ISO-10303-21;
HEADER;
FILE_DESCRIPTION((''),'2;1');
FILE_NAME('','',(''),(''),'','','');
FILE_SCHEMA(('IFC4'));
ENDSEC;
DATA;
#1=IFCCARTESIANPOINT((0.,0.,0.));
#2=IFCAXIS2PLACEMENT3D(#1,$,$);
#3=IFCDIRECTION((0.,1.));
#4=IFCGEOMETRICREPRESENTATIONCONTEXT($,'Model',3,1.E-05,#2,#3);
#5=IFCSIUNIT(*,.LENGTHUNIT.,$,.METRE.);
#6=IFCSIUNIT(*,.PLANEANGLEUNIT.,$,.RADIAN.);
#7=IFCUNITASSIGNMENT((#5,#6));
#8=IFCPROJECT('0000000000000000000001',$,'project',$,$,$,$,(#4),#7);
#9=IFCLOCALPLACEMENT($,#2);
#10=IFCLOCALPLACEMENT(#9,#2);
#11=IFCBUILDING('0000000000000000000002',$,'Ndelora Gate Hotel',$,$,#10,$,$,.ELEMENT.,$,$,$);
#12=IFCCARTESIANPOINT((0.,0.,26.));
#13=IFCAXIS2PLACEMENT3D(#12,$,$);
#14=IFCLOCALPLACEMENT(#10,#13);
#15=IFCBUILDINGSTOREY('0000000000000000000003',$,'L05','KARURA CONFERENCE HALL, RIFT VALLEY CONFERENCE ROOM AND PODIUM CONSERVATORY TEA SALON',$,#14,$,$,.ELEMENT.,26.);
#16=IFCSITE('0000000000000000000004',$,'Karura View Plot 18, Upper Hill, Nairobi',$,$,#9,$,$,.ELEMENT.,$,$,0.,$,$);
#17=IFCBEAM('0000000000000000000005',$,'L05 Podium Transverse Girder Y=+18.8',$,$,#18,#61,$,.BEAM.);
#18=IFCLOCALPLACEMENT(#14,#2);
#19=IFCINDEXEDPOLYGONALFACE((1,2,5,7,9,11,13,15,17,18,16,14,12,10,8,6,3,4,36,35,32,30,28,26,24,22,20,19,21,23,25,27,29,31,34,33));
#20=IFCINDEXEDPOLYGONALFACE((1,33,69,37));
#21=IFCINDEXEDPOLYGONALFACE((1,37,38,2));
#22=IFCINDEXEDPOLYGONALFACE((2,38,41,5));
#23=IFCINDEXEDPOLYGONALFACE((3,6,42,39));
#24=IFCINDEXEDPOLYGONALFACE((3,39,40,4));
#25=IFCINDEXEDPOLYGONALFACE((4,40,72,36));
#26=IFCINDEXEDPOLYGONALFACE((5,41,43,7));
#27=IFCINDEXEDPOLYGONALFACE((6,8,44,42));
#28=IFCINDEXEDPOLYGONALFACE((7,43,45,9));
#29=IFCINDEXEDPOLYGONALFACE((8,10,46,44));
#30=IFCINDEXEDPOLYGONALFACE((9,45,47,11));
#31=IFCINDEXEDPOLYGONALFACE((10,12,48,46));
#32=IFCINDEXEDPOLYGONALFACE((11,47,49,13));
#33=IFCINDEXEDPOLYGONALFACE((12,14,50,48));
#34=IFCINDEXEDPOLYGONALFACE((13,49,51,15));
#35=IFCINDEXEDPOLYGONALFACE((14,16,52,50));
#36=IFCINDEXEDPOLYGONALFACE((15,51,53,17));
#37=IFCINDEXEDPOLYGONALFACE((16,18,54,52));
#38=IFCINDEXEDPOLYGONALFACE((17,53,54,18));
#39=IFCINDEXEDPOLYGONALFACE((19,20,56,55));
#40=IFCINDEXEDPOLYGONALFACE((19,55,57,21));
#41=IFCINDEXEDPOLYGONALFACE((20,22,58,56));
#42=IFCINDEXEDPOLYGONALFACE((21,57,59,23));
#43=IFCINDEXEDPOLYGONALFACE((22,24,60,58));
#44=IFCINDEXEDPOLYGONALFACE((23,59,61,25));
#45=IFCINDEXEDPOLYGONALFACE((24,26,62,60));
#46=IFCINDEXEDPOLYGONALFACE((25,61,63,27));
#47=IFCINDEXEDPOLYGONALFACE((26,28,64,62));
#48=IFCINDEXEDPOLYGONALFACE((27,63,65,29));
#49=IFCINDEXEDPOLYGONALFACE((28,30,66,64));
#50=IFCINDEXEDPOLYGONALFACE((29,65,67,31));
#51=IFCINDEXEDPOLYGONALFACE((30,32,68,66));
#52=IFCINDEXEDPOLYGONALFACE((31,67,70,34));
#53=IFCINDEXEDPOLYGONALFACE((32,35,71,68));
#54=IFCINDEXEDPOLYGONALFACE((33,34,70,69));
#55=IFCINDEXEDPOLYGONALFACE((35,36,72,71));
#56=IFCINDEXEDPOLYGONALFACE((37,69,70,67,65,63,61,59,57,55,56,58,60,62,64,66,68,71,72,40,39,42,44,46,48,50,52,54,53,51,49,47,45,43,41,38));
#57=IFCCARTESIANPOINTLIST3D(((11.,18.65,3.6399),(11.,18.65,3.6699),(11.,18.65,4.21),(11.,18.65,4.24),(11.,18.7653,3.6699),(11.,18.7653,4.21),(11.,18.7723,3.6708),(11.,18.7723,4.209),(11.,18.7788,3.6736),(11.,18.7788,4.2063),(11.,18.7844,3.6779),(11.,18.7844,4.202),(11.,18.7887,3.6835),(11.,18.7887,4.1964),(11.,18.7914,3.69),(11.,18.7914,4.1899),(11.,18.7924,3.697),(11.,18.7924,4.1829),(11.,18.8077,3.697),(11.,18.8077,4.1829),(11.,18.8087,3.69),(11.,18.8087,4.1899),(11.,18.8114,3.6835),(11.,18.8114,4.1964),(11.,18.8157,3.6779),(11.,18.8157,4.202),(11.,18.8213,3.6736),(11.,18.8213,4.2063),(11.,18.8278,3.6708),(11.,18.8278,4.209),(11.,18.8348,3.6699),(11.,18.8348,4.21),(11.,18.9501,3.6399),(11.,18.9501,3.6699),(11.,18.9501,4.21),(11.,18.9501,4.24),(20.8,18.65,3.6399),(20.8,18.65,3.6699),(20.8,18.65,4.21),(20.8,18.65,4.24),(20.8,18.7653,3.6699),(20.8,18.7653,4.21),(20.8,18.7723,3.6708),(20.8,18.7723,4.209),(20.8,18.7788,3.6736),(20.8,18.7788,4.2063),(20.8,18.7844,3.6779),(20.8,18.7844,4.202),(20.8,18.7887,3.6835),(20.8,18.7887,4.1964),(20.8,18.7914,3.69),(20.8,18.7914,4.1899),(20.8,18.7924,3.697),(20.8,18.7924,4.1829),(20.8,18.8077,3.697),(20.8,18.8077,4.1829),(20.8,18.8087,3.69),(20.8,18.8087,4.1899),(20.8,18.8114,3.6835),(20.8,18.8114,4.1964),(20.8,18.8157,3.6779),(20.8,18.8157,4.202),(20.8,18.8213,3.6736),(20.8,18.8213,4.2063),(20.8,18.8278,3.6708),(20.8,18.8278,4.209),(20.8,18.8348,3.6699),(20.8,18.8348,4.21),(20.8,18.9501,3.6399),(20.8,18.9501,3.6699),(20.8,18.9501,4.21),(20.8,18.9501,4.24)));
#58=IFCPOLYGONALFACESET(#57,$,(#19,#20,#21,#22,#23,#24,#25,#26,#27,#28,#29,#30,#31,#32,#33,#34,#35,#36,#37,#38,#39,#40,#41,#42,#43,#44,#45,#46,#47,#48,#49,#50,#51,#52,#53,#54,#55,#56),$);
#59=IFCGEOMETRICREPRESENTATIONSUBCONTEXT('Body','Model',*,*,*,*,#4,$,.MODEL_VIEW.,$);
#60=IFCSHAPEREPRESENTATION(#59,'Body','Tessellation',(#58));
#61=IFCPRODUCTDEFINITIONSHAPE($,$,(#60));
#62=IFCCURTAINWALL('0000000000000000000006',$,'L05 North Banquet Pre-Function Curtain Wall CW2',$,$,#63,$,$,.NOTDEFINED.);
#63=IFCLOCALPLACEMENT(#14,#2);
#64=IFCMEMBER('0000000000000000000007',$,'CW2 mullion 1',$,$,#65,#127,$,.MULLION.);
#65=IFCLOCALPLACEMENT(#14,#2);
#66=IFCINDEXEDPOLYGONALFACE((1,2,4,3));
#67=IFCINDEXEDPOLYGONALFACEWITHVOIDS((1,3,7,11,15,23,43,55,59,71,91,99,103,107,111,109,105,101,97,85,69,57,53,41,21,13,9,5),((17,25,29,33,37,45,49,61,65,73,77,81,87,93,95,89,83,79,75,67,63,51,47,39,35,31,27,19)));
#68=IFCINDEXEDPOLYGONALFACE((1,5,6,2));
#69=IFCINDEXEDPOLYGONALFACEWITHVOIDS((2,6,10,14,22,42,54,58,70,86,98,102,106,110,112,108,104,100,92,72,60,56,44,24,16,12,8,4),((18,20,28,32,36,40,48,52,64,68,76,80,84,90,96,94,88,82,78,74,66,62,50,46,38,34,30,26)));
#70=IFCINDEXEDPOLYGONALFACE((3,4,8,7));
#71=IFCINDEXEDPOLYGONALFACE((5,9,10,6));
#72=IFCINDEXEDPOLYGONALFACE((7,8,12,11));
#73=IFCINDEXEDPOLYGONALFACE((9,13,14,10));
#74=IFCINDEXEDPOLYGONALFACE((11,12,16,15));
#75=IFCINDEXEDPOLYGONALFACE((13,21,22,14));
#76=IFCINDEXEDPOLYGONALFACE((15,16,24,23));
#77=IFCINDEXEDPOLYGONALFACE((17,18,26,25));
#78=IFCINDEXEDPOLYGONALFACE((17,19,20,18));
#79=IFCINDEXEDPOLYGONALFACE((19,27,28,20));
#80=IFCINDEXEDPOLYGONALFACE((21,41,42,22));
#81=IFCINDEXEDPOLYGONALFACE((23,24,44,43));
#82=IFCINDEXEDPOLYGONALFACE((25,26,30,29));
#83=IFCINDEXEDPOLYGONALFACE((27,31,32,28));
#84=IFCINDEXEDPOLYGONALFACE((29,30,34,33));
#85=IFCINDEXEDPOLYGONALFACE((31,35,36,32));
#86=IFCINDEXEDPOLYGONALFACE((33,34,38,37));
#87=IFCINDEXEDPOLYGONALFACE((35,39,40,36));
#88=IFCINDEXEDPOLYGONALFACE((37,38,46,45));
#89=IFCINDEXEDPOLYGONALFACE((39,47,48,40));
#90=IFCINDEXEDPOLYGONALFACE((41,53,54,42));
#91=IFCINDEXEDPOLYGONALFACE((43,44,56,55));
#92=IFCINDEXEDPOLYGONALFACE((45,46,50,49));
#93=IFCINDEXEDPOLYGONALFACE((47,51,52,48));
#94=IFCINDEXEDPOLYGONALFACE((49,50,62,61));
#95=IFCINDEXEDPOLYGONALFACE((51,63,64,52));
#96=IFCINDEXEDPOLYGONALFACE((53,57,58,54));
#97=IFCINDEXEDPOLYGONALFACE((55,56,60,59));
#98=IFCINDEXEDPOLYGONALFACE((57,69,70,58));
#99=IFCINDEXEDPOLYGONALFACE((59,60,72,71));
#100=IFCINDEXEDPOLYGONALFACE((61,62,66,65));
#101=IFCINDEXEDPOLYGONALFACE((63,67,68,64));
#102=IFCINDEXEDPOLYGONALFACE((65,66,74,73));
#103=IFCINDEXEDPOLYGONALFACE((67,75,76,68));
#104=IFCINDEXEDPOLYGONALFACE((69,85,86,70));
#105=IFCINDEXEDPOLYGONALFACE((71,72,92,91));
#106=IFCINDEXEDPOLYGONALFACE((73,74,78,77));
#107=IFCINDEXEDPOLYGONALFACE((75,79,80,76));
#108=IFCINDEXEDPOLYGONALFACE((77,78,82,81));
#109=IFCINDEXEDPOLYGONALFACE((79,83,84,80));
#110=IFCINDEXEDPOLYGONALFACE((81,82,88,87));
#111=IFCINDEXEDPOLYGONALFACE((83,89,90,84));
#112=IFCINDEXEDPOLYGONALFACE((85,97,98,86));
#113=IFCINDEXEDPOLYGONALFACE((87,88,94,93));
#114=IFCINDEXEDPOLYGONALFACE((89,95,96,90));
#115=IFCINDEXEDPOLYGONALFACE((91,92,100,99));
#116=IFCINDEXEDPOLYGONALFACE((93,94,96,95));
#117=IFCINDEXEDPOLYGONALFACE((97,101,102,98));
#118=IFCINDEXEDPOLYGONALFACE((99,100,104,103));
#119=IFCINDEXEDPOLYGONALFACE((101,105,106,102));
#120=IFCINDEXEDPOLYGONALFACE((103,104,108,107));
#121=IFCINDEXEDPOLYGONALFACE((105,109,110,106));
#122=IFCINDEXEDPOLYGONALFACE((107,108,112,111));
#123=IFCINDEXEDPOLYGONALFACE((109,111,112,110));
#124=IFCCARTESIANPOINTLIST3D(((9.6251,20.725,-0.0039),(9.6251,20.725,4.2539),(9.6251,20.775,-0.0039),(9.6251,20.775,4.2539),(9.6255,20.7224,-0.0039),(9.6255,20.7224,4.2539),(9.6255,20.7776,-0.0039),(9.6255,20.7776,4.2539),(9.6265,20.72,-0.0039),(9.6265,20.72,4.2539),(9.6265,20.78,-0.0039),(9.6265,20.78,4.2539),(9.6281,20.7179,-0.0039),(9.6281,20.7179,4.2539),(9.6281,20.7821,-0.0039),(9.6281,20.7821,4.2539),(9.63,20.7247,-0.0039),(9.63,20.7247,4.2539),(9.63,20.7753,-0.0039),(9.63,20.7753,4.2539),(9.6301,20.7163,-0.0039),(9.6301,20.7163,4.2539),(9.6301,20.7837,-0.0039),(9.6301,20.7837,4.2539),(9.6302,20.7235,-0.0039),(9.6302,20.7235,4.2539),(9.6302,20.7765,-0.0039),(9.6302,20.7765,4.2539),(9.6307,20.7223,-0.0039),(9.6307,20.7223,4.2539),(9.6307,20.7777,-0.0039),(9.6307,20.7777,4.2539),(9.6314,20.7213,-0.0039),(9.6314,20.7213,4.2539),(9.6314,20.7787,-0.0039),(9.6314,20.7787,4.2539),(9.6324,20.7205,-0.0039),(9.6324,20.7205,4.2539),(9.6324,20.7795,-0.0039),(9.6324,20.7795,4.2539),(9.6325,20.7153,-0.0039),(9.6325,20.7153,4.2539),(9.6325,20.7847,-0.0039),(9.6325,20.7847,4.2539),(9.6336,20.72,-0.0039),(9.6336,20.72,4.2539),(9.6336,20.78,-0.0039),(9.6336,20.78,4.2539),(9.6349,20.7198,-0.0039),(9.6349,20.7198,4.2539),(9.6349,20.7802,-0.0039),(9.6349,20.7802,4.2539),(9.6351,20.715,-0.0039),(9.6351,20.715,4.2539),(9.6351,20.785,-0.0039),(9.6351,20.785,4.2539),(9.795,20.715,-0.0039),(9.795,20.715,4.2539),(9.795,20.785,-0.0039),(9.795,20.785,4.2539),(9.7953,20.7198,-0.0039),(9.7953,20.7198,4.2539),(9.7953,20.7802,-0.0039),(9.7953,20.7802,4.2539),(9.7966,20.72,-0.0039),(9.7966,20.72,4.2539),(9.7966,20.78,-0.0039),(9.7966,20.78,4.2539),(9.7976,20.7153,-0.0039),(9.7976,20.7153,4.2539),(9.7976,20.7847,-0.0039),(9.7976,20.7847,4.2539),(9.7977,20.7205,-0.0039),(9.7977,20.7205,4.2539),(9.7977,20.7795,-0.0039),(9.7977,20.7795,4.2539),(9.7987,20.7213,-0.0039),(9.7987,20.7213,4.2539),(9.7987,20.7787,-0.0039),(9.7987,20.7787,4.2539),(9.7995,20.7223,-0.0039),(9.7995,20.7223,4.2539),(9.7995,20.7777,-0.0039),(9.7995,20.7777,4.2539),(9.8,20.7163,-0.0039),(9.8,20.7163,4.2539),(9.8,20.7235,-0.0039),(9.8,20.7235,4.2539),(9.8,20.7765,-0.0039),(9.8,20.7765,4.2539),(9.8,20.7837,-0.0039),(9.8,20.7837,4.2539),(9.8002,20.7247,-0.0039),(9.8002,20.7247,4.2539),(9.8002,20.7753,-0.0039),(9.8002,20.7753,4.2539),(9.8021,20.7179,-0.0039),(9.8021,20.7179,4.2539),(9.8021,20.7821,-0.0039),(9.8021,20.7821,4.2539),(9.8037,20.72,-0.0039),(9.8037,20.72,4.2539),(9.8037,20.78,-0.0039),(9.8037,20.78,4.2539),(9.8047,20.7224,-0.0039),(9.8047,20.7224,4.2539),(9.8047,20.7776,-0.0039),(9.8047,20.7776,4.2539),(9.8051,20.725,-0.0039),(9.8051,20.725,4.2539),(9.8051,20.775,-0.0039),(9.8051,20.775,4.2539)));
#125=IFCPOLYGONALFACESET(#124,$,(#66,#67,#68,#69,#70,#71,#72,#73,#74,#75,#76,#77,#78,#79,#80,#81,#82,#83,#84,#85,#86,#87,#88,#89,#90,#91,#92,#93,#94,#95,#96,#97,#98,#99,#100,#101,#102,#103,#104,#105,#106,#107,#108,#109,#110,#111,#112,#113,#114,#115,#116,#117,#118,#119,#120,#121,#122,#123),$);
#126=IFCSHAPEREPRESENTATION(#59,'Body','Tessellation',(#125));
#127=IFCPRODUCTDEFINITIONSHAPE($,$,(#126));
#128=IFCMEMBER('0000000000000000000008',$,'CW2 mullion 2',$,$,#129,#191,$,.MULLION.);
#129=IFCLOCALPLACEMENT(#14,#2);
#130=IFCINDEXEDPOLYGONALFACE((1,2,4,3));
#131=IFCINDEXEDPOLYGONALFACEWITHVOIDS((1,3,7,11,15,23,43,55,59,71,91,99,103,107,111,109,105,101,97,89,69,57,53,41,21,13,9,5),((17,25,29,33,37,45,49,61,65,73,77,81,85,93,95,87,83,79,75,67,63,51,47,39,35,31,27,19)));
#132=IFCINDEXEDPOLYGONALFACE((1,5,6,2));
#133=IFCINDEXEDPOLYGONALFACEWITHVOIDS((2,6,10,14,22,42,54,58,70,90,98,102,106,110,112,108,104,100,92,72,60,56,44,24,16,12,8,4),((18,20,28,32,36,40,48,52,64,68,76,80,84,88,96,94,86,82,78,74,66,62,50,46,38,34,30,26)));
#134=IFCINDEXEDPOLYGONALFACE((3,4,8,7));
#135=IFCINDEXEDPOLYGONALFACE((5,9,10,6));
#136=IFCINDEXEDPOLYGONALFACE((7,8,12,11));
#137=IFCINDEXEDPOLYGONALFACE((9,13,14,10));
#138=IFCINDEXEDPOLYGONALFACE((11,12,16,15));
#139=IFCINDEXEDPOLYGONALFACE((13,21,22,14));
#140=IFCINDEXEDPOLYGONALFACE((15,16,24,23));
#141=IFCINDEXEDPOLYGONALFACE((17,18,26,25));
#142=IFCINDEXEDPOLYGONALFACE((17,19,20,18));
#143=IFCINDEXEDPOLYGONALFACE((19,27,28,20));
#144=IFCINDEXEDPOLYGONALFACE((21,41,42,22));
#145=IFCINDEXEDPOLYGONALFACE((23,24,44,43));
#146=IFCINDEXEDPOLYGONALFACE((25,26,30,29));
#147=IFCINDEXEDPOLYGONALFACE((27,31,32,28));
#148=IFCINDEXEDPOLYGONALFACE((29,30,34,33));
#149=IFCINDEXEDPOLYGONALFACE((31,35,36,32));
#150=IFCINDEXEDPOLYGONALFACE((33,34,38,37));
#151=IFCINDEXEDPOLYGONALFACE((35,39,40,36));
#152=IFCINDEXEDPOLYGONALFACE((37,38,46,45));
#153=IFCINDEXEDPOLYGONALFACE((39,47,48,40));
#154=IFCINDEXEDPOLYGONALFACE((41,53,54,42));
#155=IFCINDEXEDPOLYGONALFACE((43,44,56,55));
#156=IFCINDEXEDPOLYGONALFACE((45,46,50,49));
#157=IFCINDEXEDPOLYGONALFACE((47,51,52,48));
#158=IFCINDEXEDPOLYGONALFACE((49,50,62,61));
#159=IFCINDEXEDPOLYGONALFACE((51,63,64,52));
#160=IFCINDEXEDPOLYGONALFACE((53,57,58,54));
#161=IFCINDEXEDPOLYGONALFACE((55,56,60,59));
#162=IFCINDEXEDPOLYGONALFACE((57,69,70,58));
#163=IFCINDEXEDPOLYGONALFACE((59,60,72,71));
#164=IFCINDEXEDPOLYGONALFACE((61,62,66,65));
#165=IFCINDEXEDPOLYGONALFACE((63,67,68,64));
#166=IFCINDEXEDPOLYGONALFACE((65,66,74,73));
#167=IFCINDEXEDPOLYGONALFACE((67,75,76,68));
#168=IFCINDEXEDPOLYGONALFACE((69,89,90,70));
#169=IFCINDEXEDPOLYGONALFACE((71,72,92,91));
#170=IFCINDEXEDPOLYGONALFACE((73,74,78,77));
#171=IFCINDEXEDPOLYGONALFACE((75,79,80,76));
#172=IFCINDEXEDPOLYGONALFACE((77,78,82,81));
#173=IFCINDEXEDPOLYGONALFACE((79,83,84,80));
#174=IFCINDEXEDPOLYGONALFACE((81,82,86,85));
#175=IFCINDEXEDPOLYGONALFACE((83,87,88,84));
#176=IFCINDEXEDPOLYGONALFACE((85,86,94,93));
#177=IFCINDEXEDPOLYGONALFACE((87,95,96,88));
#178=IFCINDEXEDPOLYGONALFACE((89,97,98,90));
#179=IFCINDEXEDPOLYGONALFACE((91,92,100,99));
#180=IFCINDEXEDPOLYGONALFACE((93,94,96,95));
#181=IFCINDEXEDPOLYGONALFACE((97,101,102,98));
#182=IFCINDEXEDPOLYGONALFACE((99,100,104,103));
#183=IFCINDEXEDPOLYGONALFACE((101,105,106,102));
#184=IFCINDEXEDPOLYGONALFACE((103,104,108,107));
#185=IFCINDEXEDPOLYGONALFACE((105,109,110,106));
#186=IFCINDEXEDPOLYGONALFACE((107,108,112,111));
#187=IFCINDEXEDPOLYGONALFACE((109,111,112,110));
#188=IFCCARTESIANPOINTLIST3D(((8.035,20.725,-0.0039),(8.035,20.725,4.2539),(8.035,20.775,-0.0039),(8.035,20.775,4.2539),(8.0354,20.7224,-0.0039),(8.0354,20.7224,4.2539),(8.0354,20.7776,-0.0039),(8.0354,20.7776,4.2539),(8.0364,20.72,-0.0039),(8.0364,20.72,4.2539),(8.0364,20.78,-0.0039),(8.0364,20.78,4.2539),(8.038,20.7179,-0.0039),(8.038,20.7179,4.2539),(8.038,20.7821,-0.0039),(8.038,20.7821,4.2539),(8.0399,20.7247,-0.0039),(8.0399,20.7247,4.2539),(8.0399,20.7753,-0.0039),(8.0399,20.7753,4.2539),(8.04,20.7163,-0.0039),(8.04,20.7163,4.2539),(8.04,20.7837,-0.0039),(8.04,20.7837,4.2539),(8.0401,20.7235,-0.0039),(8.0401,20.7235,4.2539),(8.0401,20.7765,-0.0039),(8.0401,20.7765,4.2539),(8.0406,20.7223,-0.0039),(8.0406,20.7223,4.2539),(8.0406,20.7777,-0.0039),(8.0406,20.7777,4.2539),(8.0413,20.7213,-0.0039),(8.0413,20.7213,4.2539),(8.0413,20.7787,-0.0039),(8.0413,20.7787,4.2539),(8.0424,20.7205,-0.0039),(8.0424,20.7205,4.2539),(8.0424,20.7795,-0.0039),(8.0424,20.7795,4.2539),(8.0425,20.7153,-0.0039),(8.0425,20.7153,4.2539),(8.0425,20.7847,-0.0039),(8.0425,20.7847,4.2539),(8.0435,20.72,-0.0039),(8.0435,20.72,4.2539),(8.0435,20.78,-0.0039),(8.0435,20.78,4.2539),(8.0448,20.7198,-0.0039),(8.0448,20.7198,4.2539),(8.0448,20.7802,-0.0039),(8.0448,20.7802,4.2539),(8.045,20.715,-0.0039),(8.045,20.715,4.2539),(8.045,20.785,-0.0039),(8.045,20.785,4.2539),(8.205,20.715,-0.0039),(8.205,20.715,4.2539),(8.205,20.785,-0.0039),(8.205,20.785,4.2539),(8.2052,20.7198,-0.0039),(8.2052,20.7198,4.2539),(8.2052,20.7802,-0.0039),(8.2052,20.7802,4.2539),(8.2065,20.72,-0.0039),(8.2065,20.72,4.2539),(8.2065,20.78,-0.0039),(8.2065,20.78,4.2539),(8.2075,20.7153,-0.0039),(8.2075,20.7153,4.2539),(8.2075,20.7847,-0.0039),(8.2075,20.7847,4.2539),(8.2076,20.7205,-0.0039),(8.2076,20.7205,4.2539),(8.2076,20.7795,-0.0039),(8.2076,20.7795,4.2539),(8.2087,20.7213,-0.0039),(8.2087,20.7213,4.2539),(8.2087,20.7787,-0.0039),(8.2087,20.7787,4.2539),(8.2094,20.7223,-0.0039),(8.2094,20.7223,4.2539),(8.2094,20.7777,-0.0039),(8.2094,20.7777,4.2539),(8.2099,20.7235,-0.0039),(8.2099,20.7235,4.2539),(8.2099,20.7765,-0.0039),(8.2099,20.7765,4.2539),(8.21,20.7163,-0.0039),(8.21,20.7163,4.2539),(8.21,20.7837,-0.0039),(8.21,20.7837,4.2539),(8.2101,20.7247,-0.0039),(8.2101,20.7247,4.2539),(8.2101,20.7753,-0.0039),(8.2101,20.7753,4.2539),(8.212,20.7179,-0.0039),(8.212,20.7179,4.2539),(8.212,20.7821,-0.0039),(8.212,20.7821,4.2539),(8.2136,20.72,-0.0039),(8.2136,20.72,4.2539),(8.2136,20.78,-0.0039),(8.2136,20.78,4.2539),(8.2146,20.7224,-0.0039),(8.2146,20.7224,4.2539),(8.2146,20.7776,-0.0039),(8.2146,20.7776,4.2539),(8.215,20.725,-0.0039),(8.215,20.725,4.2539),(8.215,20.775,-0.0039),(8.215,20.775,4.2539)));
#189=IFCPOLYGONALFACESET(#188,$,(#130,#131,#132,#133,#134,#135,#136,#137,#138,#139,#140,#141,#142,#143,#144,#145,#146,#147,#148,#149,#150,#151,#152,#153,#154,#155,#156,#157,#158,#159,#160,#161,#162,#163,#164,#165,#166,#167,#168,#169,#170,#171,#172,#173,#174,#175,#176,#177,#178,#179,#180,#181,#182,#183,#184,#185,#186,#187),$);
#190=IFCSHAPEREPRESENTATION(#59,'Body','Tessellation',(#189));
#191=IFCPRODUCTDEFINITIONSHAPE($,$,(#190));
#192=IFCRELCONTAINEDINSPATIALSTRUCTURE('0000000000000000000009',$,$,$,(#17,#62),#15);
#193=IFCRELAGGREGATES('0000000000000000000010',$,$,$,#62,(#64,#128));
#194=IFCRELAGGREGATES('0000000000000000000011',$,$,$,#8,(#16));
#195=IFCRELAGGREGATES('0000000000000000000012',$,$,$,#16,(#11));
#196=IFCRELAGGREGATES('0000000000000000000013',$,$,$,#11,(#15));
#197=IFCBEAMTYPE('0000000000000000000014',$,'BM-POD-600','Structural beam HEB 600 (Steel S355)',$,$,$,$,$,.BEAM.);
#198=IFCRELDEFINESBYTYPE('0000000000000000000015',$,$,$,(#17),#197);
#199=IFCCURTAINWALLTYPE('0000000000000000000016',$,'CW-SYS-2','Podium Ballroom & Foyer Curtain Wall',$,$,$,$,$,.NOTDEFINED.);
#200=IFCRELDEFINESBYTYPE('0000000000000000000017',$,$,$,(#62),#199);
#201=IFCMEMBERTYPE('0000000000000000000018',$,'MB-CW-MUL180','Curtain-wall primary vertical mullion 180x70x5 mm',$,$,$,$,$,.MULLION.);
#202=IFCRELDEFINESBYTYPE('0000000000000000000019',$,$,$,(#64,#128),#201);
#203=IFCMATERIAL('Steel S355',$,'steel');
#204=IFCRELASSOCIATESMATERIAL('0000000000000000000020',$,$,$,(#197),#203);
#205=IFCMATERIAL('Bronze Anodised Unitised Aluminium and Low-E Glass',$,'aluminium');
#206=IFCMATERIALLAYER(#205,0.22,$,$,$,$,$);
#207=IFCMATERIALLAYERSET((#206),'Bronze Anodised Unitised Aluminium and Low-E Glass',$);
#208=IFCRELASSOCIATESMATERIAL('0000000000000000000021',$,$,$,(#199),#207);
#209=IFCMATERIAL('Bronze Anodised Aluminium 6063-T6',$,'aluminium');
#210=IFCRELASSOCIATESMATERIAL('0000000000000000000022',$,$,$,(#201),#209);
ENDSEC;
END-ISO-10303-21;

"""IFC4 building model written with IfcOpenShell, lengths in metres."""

from ifc_helpers import new_model, si_unit, direction, frame, origin, origin_2d, place, context, subcontext, project, spatial, hollow_rectangle, i_section, extrude, material, layer, layer_set, material_profile, profile_set, type_object, element, aggregate, save


model = new_model("IFC4")

# Units and contexts
model_context = context("Model", 3, precision=1e-05, world=origin(), true_north=direction((0.0, 1.0)))
body_context = subcontext(model_context, "Body", "Model", "MODEL_VIEW")
ifc_project = project(units=[si_unit("LENGTHUNIT", "METRE"), si_unit("PLANEANGLEUNIT", "RADIAN")], contexts=[model_context])

# Site, building, storey
site_placement = place(None, origin())
site = spatial("IfcSite", under=ifc_project, at=site_placement, Name="Karura View Plot 18, Upper Hill, Nairobi", CompositionType="ELEMENT", RefElevation=0.0)
building_placement = place(site_placement, origin())
building = spatial("IfcBuilding", under=site, at=building_placement, Name="Ndelora Gate Hotel", CompositionType="ELEMENT")
storey_placement = place(building_placement, frame((0.0, 0.0, 26.0)))
storey = spatial("IfcBuildingStorey", under=building, at=storey_placement, Name="L05", Description="KARURA CONFERENCE HALL, RIFT VALLEY CONFERENCE ROOM AND PODIUM CONSERVATORY TEA SALON", CompositionType="ELEMENT", Elevation=26.0)

# Beam
ifc_material_1 = material(Name="Steel S355", Category="steel")
ifc_material_profile_1 = material_profile(ifc_material_1, i_section(OverallWidth=0.3, OverallDepth=0.6001, WebThickness=0.0154, FlangeThickness=0.03, FilletRadius=0.0271, at=origin_2d()), Name="HEB 600")
ifc_profile_set_1 = profile_set([ifc_material_profile_1], Name="Steel S355")
beam_type = type_object("IfcBeamType", Name="BM-POD-600", Description="Structural beam HEB 600 (Steel S355)", PredefinedType="BEAM", material=ifc_profile_set_1)
beam_placement = place(storey_placement, frame((11.0, 18.8, 3.9399), z_axis=(1.0, 0.0, 0.0), x_axis=(0.0, 1.0, 0.0)))
element("IfcBeam", 1, at=beam_placement, inside=storey, type_object=beam_type, Name="L05 Podium Transverse Girder Y=+18.8", PredefinedType="BEAM", context=body_context, shape_type="SweptSolid", body=[
    extrude(i_section(OverallWidth=0.3, OverallDepth=0.6001, WebThickness=0.0154, FlangeThickness=0.03, FilletRadius=0.0271, at=origin_2d()), origin(), (0.0, 0.0, 1.0), 9.8),
])

# Curtain wall, members
ifc_material_2 = material(Name="Bronze Anodised Unitised Aluminium and Low-E Glass", Category="aluminium")
ifc_layer_1 = layer(ifc_material_2, 0.22)
ifc_layer_set_1 = layer_set([ifc_layer_1], Name="Bronze Anodised Unitised Aluminium and Low-E Glass")
curtain_wall_type = type_object("IfcCurtainWallType", Name="CW-SYS-2", Description="Podium Ballroom & Foyer Curtain Wall", PredefinedType="NOTDEFINED", material=ifc_layer_set_1)
curtain_wall_placement = place(storey_placement, origin())
curtain_wall = element("IfcCurtainWall", 2, at=curtain_wall_placement, inside=storey, type_object=curtain_wall_type, Name="L05 North Banquet Pre-Function Curtain Wall CW2", PredefinedType="NOTDEFINED")
ifc_material_3 = material(Name="Bronze Anodised Aluminium 6063-T6", Category="aluminium")
ifc_material_profile_2 = material_profile(ifc_material_3, hollow_rectangle(XDim=0.0701, YDim=0.1799, WallThickness=0.0049, InnerFilletRadius=0.0049, OuterFilletRadius=0.01, at=origin_2d()), Name="ALU 180x70x5")
ifc_profile_set_2 = profile_set([ifc_material_profile_2], Name="Bronze Anodised Aluminium 6063-T6")
member_type_1 = type_object("IfcMemberType", Name="MB-CW-MUL180", Description="Curtain-wall primary vertical mullion 180x70x5 mm", PredefinedType="MULLION", material=ifc_profile_set_2)
member_1_placement = place(storey_placement, frame((9.7151, 20.75, -0.0039), z_axis=(0.0, 0.0, 1.0), x_axis=(0.0, -1.0, 0.0)))
member_1 = element("IfcMember", 3, at=member_1_placement, type_object=member_type_1, Name="CW2 mullion 1", PredefinedType="MULLION", context=body_context, shape_type="SweptSolid", body=[
    extrude(hollow_rectangle(XDim=0.0701, YDim=0.1799, WallThickness=0.0049, InnerFilletRadius=0.0049, OuterFilletRadius=0.01, at=origin_2d()), origin(), (0.0, 0.0, 1.0), 4.2578),
])
member_2_placement = place(storey_placement, frame((8.125, 20.75, -0.0039), z_axis=(0.0, 0.0, 1.0), x_axis=(0.0, -1.0, 0.0)))
member_2 = element("IfcMember", 4, at=member_2_placement, type_object=member_type_1, Name="CW2 mullion 2", PredefinedType="MULLION", context=body_context, shape_type="SweptSolid", body=[
    extrude(hollow_rectangle(XDim=0.0701, YDim=0.1799, WallThickness=0.0049, InnerFilletRadius=0.0049, OuterFilletRadius=0.01, at=origin_2d()), origin(), (0.0, 0.0, 1.0), 4.2578),
])
aggregate(curtain_wall, [member_1, member_2])

save(model, "model.ifc")
